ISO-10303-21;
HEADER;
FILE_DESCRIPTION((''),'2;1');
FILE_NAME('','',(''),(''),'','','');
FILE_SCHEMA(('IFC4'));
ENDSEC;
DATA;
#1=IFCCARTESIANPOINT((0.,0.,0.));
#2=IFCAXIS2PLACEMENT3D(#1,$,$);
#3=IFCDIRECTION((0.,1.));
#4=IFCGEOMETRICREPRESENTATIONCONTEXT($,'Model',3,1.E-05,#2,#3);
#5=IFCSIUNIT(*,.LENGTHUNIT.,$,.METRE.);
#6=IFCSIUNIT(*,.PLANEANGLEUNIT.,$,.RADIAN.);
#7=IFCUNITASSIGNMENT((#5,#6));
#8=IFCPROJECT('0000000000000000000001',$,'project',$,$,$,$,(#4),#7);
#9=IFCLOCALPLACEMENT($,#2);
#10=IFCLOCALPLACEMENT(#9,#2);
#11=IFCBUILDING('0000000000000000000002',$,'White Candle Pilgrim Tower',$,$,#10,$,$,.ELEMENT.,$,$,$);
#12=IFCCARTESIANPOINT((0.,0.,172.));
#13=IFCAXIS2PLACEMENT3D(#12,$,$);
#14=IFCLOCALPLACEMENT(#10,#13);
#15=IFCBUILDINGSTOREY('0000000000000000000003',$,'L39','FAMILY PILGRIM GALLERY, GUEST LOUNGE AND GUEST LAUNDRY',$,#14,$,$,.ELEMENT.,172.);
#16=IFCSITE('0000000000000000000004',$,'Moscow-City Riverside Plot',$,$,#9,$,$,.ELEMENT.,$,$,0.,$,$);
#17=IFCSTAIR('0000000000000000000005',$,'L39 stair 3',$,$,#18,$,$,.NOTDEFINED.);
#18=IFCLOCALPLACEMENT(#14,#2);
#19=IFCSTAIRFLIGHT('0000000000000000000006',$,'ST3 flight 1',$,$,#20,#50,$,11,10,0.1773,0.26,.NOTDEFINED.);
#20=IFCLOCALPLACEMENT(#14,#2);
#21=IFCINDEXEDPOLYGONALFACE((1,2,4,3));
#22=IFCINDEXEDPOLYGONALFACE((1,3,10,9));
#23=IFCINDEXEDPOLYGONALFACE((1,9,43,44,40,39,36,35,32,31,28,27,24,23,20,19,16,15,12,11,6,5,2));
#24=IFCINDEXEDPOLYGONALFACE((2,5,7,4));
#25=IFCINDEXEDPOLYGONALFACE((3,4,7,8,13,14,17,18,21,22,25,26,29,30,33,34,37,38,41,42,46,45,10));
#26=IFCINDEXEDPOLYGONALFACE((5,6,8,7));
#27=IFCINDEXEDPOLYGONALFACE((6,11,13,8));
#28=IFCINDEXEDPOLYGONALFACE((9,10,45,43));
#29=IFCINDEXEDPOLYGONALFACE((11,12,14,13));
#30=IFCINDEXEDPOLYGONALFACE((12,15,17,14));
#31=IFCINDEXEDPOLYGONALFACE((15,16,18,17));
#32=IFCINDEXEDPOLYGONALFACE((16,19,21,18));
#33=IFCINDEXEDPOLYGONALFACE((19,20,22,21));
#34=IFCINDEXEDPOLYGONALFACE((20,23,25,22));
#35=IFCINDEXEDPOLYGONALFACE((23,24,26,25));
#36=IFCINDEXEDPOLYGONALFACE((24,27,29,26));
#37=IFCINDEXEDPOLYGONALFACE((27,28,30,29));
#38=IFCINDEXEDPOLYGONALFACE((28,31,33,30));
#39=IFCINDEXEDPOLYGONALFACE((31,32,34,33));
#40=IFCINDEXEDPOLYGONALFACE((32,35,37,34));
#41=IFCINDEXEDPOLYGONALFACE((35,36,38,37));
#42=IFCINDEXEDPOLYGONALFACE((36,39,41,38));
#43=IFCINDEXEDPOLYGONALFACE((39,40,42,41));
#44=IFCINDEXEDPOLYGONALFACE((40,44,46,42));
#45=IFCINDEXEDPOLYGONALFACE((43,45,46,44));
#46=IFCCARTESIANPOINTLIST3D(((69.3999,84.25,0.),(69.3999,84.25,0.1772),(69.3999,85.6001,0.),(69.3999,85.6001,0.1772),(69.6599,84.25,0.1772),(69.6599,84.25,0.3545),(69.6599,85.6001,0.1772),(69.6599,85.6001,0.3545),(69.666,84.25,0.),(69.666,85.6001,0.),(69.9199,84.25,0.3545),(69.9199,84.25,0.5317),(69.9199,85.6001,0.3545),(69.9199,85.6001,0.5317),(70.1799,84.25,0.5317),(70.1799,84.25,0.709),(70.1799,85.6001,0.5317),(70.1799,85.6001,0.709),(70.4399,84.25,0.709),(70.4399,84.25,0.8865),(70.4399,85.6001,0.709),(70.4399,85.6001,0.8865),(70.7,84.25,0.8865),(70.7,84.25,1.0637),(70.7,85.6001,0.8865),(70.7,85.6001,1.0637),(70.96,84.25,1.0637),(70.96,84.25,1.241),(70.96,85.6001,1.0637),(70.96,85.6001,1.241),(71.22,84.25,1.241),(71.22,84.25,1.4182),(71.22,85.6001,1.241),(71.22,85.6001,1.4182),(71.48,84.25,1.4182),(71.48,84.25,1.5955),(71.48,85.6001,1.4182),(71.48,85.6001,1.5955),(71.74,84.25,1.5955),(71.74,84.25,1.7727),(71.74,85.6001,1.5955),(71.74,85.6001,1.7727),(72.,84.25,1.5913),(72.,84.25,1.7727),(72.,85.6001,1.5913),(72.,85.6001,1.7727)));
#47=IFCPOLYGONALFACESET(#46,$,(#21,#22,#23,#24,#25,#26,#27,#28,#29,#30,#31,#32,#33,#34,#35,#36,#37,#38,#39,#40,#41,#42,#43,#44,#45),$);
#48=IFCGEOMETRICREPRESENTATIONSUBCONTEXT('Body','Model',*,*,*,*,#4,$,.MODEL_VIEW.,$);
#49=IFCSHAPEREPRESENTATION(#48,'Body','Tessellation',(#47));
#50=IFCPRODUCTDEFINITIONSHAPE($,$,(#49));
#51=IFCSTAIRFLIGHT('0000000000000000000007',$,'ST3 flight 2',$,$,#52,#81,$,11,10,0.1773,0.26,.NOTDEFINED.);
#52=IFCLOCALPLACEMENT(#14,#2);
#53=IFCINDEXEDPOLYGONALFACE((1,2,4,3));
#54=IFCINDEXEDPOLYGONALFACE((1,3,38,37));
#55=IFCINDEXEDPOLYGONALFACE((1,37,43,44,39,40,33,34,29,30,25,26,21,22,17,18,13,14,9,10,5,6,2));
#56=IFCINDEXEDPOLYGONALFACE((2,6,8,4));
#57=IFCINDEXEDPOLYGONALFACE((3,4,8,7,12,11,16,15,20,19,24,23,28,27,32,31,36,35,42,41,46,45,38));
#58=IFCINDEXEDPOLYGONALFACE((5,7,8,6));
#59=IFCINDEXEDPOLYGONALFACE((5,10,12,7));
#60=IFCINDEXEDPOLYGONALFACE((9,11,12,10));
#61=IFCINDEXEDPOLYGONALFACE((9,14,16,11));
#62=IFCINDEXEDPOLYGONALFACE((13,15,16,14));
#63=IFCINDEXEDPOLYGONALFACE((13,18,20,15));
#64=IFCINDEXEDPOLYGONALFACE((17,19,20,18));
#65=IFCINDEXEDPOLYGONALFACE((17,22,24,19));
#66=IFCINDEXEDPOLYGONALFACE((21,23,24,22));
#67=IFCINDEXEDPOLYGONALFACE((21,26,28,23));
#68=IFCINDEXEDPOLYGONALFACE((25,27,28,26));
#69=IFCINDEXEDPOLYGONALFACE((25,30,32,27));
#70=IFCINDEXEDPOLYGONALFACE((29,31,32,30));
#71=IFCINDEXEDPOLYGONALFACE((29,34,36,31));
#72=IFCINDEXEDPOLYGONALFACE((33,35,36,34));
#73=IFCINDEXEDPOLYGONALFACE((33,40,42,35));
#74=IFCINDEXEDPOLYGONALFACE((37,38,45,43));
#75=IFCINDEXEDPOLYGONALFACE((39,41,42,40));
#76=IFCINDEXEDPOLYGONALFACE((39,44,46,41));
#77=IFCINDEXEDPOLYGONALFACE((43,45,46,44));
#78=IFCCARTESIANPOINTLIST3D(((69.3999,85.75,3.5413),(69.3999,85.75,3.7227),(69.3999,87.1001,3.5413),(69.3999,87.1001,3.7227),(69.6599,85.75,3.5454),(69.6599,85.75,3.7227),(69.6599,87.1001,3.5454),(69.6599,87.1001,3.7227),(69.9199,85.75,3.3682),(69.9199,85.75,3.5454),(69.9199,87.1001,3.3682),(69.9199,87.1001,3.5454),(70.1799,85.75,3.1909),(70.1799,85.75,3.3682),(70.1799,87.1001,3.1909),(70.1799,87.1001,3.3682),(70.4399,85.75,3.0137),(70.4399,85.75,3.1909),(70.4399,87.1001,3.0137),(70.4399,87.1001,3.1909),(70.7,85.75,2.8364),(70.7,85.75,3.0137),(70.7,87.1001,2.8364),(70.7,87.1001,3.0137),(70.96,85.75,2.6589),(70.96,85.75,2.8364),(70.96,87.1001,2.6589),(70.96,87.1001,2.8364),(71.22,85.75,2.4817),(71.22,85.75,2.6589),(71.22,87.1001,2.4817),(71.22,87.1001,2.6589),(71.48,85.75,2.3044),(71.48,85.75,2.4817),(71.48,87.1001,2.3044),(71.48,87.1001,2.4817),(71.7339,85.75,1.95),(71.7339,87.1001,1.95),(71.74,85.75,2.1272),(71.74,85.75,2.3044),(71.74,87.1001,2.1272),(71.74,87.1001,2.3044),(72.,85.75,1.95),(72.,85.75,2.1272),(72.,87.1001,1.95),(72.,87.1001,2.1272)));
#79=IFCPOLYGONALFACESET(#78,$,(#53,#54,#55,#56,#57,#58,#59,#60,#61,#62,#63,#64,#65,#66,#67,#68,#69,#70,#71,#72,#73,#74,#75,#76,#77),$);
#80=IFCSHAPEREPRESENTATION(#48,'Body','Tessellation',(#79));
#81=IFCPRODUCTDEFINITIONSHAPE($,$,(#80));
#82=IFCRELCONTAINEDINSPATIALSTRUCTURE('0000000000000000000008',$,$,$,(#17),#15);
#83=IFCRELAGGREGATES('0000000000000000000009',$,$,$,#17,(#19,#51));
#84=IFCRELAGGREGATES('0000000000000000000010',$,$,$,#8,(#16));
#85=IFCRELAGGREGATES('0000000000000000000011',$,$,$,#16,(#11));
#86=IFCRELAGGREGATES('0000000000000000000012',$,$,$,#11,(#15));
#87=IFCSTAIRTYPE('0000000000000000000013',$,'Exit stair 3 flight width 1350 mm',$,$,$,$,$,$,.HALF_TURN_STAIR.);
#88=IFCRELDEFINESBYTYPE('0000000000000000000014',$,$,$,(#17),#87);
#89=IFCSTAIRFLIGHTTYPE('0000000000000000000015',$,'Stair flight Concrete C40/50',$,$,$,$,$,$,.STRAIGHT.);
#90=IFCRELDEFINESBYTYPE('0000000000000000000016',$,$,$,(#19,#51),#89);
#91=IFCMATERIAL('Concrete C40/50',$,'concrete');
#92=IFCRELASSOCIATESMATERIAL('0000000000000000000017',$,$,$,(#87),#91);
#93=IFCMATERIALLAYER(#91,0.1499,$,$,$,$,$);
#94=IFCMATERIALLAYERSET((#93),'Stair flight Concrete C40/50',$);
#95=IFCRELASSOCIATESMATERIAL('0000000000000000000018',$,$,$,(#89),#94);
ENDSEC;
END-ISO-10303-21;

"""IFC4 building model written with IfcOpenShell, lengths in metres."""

from ifc_helpers import new_model, si_unit, direction, frame, origin, place, context, subcontext, project, spatial, polyline, outline, extrude, material, layer, layer_set, type_object, element, aggregate, save


model = new_model("IFC4")

# Units and contexts
model_context = context("Model", 3, precision=1e-05, world=origin(), true_north=direction((0.0, 1.0)))
body_context = subcontext(model_context, "Body", "Model", "MODEL_VIEW")
ifc_project = project(units=[si_unit("LENGTHUNIT", "METRE"), si_unit("PLANEANGLEUNIT", "RADIAN")], contexts=[model_context])

# Site, building, storey
site_placement = place(None, origin())
site = spatial("IfcSite", under=ifc_project, at=site_placement, Name="Moscow-City Riverside Plot", CompositionType="ELEMENT", RefElevation=0.0)
building_placement = place(site_placement, origin())
building = spatial("IfcBuilding", under=site, at=building_placement, Name="White Candle Pilgrim Tower", CompositionType="ELEMENT")
storey_placement = place(building_placement, frame((0.0, 0.0, 172.0)))
storey = spatial("IfcBuildingStorey", under=building, at=storey_placement, Name="L39", Description="FAMILY PILGRIM GALLERY, GUEST LOUNGE AND GUEST LAUNDRY", CompositionType="ELEMENT", Elevation=172.0)

# Stair, stair flights
ifc_material_1 = material(Name="Concrete C40/50", Category="concrete")
stair_type = type_object("IfcStairType", Name="Exit stair 3 flight width 1350 mm", PredefinedType="HALF_TURN_STAIR", material=ifc_material_1)
stair_placement = place(storey_placement, origin())
stair = element("IfcStair", 1, at=stair_placement, inside=storey, type_object=stair_type, Name="L39 stair 3", PredefinedType="NOTDEFINED")
ifc_layer_1 = layer(ifc_material_1, 0.1499)
ifc_layer_set_1 = layer_set([ifc_layer_1], Name="Stair flight Concrete C40/50")
stair_flight_type = type_object("IfcStairFlightType", Name="Stair flight Concrete C40/50", PredefinedType="STRAIGHT", material=ifc_layer_set_1)
stair_flight_1_placement = place(storey_placement, frame((69.3999, 84.925, 0.0), z_axis=(0.0, 0.0, 1.0), x_axis=(1.0, 0.0, 0.0)))
stair_flight_1 = element("IfcStairFlight", 2, at=stair_flight_1_placement, type_object=stair_flight_type, Name="ST3 flight 1", NumberOfRisers=11, NumberOfTreads=10, PredefinedType="NOTDEFINED", RiserHeight=0.1773, TreadLength=0.26, context=body_context, shape_type="SweptSolid", body=[
    extrude(outline(polyline([(0.0, 0.0), (0.0, 0.1772), (0.26, 0.1772), (0.26, 0.3545), (0.52, 0.3545), (0.52, 0.5317), (0.78, 0.5317), (0.78, 0.709), (1.04, 0.709), (1.04, 0.8865), (1.3, 0.8865), (1.3, 1.0637), (1.5601, 1.0637), (1.5601, 1.241), (1.8201, 1.241), (1.8201, 1.4182), (2.0801, 1.4182), (2.0801, 1.5955), (2.3401, 1.5955), (2.3401, 1.7727), (2.6001, 1.7727), (2.6001, 1.95), (2.6001, 1.5913), (0.2661, 0.0), (0.0, 0.0)])), frame((0.0, 0.675, 0.0), z_axis=(0.0, -1.0, 0.0), x_axis=(1.0, 0.0, 0.0)), (0.0, 0.0, 1.0), 1.3501),
])
stair_flight_2_placement = place(storey_placement, frame((72.0, 86.425, 1.95), z_axis=(0.0, 0.0, 1.0), x_axis=(-1.0, 0.0, 0.0)))
stair_flight_2 = element("IfcStairFlight", 3, at=stair_flight_2_placement, type_object=stair_flight_type, Name="ST3 flight 2", NumberOfRisers=11, NumberOfTreads=10, PredefinedType="NOTDEFINED", RiserHeight=0.1773, TreadLength=0.26, context=body_context, shape_type="SweptSolid", body=[
    extrude(outline(polyline([(0.0, 0.0), (0.0, 0.1772), (0.26, 0.1772), (0.26, 0.3545), (0.52, 0.3545), (0.52, 0.5317), (0.78, 0.5317), (0.78, 0.709), (1.04, 0.709), (1.04, 0.8865), (1.3, 0.8865), (1.3, 1.0637), (1.5601, 1.0637), (1.5601, 1.241), (1.8201, 1.241), (1.8201, 1.4182), (2.0801, 1.4182), (2.0801, 1.5955), (2.3401, 1.5955), (2.3401, 1.7727), (2.6001, 1.7727), (2.6001, 1.95), (2.6001, 1.5913), (0.2661, 0.0), (0.0, 0.0)])), frame((0.0, 0.675, 0.0), z_axis=(0.0, -1.0, 0.0), x_axis=(1.0, 0.0, 0.0)), (0.0, 0.0, 1.0), 1.3501),
])
aggregate(stair, [stair_flight_1, stair_flight_2])

save(model, "model.ifc")
